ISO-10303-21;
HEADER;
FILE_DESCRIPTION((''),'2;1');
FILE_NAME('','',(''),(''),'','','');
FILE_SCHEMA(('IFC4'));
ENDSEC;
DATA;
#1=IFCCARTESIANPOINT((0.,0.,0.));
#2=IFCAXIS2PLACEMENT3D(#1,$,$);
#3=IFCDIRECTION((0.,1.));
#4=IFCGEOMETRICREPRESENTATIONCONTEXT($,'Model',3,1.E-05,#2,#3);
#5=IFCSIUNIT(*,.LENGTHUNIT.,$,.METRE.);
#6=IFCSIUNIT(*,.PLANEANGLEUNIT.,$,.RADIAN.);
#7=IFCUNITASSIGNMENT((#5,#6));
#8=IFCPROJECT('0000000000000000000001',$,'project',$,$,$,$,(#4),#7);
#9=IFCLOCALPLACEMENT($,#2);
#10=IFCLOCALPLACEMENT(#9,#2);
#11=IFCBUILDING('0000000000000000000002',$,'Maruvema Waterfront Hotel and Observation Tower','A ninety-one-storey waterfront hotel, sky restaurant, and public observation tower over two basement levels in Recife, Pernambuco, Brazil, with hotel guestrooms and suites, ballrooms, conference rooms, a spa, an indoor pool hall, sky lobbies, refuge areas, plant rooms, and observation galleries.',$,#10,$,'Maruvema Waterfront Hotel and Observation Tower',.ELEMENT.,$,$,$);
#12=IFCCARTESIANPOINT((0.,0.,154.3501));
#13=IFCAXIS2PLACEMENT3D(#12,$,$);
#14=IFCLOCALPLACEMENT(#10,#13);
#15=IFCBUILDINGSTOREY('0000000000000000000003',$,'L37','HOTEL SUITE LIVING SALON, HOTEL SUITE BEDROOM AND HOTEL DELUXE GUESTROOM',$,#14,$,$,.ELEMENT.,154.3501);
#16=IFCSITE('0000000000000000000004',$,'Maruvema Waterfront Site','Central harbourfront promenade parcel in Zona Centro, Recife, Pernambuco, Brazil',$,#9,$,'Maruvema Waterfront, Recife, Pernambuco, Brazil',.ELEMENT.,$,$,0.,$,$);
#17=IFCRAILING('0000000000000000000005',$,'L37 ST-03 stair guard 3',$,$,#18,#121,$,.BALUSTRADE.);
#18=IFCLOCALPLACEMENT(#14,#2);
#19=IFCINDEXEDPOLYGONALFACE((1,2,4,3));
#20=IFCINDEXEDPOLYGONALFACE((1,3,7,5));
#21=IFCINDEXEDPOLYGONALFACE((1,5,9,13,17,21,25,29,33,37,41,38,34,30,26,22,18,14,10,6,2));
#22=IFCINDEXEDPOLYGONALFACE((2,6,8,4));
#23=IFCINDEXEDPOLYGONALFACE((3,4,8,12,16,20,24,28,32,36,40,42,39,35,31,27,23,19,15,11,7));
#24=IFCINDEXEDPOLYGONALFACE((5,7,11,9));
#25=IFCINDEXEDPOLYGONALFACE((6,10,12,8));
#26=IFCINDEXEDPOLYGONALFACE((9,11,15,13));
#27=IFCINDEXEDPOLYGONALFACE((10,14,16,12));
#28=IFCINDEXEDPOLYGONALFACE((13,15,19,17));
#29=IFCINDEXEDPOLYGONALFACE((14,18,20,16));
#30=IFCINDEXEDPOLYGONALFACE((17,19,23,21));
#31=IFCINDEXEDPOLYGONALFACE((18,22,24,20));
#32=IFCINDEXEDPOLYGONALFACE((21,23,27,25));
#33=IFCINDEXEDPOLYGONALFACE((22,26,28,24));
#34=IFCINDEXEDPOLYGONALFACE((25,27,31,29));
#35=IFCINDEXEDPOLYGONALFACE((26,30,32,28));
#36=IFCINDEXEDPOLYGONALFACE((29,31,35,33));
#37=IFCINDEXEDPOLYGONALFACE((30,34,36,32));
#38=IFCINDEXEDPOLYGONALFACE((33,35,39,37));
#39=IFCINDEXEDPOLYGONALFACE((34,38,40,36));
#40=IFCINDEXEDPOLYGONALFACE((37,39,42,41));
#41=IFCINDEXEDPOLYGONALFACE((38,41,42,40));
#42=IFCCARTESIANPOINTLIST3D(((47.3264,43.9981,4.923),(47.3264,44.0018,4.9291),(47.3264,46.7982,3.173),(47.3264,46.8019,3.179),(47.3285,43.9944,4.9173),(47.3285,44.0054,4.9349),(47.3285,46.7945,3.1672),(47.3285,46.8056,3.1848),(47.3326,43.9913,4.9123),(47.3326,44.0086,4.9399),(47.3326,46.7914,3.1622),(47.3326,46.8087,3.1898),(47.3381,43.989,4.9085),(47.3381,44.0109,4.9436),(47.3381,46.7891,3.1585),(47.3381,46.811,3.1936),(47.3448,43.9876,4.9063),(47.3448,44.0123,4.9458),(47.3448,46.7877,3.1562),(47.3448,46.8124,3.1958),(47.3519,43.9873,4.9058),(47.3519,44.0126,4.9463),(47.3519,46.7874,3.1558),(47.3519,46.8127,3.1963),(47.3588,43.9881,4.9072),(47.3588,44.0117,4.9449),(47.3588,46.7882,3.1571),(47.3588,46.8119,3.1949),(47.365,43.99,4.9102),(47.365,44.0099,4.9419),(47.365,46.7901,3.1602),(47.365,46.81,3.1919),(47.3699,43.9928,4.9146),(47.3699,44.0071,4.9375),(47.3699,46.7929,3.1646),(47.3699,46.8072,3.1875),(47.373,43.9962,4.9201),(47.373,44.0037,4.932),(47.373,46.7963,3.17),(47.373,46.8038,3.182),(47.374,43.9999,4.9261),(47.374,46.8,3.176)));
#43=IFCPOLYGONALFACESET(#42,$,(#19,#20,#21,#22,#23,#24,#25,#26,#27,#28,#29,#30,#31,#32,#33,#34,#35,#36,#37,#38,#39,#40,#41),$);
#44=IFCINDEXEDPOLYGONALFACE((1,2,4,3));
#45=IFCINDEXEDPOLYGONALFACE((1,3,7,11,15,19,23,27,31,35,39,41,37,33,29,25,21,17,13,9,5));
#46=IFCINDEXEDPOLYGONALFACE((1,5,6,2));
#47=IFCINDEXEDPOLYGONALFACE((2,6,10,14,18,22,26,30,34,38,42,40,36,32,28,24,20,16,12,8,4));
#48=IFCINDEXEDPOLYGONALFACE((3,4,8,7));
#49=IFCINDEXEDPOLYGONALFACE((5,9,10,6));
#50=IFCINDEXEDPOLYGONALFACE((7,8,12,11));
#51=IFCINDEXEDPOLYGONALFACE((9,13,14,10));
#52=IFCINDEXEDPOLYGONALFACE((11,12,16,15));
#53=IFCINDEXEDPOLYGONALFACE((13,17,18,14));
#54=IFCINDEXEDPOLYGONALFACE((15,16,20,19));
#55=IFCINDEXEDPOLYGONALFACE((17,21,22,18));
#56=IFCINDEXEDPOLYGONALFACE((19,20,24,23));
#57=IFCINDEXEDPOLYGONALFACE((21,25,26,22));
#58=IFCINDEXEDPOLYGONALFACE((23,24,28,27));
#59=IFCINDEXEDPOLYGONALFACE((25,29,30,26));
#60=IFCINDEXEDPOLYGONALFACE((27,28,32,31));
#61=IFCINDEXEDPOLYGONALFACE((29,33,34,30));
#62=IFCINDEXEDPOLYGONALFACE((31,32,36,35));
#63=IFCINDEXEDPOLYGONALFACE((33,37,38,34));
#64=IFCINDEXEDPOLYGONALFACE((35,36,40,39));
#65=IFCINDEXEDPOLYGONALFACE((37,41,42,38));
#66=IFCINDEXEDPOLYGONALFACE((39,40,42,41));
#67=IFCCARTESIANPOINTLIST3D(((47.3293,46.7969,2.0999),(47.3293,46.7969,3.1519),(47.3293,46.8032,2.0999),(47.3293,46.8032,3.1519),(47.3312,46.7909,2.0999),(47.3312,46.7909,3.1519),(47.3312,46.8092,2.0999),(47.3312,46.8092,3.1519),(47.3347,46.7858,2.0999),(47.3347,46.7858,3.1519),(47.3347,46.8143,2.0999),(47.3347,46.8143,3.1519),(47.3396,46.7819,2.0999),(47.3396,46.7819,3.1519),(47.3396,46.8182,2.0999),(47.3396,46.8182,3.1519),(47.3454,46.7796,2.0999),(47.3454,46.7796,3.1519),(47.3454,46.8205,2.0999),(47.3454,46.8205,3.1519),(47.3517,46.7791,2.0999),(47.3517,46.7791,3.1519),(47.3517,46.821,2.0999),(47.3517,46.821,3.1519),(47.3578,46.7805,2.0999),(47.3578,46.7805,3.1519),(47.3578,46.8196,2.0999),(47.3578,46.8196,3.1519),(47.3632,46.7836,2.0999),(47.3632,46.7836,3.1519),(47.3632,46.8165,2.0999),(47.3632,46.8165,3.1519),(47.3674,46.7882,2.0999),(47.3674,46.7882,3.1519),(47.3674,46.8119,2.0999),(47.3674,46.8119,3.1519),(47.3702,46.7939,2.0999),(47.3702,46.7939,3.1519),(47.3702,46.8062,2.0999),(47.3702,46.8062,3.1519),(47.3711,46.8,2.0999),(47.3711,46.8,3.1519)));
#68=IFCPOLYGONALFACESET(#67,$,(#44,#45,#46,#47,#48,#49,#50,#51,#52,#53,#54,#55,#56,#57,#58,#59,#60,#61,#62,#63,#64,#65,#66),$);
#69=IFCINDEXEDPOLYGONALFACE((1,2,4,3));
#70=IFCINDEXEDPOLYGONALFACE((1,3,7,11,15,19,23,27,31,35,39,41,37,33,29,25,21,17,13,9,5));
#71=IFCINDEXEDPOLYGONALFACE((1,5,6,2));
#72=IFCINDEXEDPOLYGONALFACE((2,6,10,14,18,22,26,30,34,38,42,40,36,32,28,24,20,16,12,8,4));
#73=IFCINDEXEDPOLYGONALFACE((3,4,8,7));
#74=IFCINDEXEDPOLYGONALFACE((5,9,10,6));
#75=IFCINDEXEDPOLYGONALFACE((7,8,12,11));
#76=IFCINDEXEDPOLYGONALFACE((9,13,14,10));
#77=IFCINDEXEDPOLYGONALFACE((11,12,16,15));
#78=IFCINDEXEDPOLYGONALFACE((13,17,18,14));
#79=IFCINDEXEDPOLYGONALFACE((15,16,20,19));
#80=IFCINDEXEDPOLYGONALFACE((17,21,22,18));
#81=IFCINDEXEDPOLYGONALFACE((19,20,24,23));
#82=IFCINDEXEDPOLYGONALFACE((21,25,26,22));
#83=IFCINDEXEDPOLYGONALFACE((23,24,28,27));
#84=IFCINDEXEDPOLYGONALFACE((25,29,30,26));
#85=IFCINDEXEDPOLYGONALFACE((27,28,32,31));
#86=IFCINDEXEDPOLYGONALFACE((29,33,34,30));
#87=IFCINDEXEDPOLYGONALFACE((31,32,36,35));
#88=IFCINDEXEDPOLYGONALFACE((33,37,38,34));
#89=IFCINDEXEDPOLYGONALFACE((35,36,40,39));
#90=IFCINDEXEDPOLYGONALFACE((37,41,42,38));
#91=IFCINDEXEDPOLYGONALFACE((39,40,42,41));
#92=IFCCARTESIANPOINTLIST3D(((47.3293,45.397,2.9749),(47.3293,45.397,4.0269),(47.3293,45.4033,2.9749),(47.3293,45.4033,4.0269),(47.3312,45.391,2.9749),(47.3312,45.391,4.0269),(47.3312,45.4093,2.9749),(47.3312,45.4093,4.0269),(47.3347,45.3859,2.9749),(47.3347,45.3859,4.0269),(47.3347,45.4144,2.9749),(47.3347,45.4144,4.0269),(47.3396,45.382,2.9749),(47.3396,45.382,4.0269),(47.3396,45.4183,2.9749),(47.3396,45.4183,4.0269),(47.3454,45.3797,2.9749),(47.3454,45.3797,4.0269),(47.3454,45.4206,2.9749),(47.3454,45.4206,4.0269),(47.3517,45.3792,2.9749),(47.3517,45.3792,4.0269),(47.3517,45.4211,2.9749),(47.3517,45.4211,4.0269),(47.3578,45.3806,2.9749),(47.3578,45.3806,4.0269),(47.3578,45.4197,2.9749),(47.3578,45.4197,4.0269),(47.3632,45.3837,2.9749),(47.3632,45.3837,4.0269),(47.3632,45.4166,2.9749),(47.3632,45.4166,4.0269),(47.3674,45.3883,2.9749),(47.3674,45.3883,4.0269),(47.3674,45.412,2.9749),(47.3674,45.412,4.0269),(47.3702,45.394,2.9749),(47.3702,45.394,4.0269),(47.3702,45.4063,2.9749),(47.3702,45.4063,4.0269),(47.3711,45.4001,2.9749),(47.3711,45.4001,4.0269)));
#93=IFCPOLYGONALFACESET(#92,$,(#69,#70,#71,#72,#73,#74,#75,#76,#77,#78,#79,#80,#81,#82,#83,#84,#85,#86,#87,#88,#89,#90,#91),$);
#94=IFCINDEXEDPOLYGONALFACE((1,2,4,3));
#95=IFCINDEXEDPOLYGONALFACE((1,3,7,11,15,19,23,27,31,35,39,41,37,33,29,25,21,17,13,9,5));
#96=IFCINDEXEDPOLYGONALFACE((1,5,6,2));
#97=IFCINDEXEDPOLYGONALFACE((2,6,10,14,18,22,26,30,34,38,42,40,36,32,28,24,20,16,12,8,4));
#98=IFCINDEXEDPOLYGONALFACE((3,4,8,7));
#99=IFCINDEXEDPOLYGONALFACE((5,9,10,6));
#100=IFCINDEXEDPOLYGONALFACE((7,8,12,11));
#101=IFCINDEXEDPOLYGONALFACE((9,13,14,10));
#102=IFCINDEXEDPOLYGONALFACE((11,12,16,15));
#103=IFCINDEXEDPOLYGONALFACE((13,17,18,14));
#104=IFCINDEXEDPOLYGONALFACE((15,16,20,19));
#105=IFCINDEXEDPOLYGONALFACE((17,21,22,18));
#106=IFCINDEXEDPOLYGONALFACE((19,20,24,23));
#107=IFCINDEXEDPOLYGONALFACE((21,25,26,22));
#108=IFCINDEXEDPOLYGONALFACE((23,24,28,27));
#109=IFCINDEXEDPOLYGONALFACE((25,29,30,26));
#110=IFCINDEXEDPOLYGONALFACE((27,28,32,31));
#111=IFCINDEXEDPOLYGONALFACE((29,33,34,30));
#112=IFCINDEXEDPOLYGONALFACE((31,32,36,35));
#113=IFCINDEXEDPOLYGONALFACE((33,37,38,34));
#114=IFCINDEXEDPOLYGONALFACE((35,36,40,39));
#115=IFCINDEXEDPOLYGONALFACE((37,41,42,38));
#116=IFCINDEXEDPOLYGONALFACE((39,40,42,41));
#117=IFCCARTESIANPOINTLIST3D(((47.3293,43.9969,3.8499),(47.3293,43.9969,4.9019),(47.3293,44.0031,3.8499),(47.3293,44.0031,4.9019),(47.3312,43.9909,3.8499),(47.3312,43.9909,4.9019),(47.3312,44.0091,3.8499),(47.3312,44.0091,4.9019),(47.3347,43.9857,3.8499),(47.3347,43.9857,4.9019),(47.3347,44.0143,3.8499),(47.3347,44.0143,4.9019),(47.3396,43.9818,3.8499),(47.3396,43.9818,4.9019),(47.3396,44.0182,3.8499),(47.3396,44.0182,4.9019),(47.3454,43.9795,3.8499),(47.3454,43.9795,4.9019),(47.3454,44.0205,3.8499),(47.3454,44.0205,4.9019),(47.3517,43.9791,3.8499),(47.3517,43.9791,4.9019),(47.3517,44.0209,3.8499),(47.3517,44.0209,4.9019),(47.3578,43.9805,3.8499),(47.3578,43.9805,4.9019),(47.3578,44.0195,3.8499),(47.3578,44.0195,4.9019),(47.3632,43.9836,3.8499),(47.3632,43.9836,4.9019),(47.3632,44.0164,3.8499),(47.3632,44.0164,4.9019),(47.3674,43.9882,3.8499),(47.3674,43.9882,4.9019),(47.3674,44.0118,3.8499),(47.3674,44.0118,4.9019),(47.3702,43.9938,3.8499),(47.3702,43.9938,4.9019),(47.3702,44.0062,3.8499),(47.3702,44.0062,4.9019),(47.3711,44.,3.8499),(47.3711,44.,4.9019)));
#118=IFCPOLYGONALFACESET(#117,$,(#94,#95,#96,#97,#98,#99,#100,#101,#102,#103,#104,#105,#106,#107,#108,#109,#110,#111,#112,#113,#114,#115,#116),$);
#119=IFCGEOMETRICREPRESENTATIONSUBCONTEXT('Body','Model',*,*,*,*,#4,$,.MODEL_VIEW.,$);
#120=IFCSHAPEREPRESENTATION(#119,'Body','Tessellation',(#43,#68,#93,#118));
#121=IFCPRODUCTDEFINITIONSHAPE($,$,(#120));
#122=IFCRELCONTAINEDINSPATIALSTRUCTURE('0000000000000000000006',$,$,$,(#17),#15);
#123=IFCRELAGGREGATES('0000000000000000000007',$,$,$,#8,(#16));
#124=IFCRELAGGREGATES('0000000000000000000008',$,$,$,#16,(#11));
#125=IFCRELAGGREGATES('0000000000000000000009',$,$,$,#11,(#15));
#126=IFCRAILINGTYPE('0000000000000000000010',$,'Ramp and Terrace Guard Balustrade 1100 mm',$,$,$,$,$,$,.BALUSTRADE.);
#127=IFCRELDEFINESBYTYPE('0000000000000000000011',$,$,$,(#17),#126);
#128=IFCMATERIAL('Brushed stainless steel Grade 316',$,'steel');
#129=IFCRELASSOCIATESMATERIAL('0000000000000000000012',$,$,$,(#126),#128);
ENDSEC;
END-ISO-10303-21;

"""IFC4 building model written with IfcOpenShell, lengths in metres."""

from ifc_helpers import new_model, si_unit, direction, frame, origin, origin_2d, place, context, subcontext, project, spatial, circle, extrude, material, type_object, element, save


model = new_model("IFC4")

# Units and contexts
model_context = context("Model", 3, precision=1e-05, world=origin(), true_north=direction((0.0, 1.0)))
body_context = subcontext(model_context, "Body", "Model", "MODEL_VIEW")
ifc_project = project(units=[si_unit("LENGTHUNIT", "METRE"), si_unit("PLANEANGLEUNIT", "RADIAN")], contexts=[model_context])

# Site, building, storey
site_placement = place(None, origin())
site = spatial("IfcSite", under=ifc_project, at=site_placement, Name="Maruvema Waterfront Site", Description="Central harbourfront promenade parcel in Zona Centro, Recife, Pernambuco, Brazil", LongName="Maruvema Waterfront, Recife, Pernambuco, Brazil", CompositionType="ELEMENT", RefElevation=0.0)
building_placement = place(site_placement, origin())
building = spatial("IfcBuilding", under=site, at=building_placement, Name="Maruvema Waterfront Hotel and Observation Tower", Description="A ninety-one-storey waterfront hotel, sky restaurant, and public observation tower over two basement levels in Recife, Pernambuco, Brazil, with hotel guestrooms and suites, ballrooms, conference rooms, a spa, an indoor pool hall, sky lobbies, refuge areas, plant rooms, and observation galleries.", LongName="Maruvema Waterfront Hotel and Observation Tower", CompositionType="ELEMENT")
storey_placement = place(building_placement, frame((0.0, 0.0, 154.3501)))
storey = spatial("IfcBuildingStorey", under=building, at=storey_placement, Name="L37", Description="HOTEL SUITE LIVING SALON, HOTEL SUITE BEDROOM AND HOTEL DELUXE GUESTROOM", CompositionType="ELEMENT", Elevation=154.3501)

# Railing
ifc_material_1 = material(Name="Brushed stainless steel Grade 316", Category="steel")
railing_type_1 = type_object("IfcRailingType", Name="Ramp and Terrace Guard Balustrade 1100 mm", PredefinedType="BALUSTRADE", material=ifc_material_1)
railing_1_placement = place(storey_placement, frame((47.3501, 46.8, 2.0999)))
element("IfcRailing", 1, at=railing_1_placement, inside=storey, type_object=railing_type_1, Name="L37 ST-03 stair guard 3", PredefinedType="BALUSTRADE", context=body_context, shape_type="SweptSolid", body=[
    extrude(circle(Radius=0.0239, at=origin_2d()), frame((0.0, 0.0, 1.0762), z_axis=(0.0, -0.848002, 0.529992), x_axis=(1.0, 0.0, 0.0)), (0.0, 0.0, 1.0), 3.302),
    extrude(circle(Radius=0.021, at=origin_2d()), origin(), (0.0, 0.0, 1.0), 1.052),
    extrude(circle(Radius=0.021, at=origin_2d()), frame((0.0, -1.3999, 0.875)), (0.0, 0.0, 1.0), 1.052),
    extrude(circle(Radius=0.021, at=origin_2d()), frame((0.0, -2.8, 1.75)), (0.0, 0.0, 1.0), 1.052),
])

save(model, "model.ifc")
